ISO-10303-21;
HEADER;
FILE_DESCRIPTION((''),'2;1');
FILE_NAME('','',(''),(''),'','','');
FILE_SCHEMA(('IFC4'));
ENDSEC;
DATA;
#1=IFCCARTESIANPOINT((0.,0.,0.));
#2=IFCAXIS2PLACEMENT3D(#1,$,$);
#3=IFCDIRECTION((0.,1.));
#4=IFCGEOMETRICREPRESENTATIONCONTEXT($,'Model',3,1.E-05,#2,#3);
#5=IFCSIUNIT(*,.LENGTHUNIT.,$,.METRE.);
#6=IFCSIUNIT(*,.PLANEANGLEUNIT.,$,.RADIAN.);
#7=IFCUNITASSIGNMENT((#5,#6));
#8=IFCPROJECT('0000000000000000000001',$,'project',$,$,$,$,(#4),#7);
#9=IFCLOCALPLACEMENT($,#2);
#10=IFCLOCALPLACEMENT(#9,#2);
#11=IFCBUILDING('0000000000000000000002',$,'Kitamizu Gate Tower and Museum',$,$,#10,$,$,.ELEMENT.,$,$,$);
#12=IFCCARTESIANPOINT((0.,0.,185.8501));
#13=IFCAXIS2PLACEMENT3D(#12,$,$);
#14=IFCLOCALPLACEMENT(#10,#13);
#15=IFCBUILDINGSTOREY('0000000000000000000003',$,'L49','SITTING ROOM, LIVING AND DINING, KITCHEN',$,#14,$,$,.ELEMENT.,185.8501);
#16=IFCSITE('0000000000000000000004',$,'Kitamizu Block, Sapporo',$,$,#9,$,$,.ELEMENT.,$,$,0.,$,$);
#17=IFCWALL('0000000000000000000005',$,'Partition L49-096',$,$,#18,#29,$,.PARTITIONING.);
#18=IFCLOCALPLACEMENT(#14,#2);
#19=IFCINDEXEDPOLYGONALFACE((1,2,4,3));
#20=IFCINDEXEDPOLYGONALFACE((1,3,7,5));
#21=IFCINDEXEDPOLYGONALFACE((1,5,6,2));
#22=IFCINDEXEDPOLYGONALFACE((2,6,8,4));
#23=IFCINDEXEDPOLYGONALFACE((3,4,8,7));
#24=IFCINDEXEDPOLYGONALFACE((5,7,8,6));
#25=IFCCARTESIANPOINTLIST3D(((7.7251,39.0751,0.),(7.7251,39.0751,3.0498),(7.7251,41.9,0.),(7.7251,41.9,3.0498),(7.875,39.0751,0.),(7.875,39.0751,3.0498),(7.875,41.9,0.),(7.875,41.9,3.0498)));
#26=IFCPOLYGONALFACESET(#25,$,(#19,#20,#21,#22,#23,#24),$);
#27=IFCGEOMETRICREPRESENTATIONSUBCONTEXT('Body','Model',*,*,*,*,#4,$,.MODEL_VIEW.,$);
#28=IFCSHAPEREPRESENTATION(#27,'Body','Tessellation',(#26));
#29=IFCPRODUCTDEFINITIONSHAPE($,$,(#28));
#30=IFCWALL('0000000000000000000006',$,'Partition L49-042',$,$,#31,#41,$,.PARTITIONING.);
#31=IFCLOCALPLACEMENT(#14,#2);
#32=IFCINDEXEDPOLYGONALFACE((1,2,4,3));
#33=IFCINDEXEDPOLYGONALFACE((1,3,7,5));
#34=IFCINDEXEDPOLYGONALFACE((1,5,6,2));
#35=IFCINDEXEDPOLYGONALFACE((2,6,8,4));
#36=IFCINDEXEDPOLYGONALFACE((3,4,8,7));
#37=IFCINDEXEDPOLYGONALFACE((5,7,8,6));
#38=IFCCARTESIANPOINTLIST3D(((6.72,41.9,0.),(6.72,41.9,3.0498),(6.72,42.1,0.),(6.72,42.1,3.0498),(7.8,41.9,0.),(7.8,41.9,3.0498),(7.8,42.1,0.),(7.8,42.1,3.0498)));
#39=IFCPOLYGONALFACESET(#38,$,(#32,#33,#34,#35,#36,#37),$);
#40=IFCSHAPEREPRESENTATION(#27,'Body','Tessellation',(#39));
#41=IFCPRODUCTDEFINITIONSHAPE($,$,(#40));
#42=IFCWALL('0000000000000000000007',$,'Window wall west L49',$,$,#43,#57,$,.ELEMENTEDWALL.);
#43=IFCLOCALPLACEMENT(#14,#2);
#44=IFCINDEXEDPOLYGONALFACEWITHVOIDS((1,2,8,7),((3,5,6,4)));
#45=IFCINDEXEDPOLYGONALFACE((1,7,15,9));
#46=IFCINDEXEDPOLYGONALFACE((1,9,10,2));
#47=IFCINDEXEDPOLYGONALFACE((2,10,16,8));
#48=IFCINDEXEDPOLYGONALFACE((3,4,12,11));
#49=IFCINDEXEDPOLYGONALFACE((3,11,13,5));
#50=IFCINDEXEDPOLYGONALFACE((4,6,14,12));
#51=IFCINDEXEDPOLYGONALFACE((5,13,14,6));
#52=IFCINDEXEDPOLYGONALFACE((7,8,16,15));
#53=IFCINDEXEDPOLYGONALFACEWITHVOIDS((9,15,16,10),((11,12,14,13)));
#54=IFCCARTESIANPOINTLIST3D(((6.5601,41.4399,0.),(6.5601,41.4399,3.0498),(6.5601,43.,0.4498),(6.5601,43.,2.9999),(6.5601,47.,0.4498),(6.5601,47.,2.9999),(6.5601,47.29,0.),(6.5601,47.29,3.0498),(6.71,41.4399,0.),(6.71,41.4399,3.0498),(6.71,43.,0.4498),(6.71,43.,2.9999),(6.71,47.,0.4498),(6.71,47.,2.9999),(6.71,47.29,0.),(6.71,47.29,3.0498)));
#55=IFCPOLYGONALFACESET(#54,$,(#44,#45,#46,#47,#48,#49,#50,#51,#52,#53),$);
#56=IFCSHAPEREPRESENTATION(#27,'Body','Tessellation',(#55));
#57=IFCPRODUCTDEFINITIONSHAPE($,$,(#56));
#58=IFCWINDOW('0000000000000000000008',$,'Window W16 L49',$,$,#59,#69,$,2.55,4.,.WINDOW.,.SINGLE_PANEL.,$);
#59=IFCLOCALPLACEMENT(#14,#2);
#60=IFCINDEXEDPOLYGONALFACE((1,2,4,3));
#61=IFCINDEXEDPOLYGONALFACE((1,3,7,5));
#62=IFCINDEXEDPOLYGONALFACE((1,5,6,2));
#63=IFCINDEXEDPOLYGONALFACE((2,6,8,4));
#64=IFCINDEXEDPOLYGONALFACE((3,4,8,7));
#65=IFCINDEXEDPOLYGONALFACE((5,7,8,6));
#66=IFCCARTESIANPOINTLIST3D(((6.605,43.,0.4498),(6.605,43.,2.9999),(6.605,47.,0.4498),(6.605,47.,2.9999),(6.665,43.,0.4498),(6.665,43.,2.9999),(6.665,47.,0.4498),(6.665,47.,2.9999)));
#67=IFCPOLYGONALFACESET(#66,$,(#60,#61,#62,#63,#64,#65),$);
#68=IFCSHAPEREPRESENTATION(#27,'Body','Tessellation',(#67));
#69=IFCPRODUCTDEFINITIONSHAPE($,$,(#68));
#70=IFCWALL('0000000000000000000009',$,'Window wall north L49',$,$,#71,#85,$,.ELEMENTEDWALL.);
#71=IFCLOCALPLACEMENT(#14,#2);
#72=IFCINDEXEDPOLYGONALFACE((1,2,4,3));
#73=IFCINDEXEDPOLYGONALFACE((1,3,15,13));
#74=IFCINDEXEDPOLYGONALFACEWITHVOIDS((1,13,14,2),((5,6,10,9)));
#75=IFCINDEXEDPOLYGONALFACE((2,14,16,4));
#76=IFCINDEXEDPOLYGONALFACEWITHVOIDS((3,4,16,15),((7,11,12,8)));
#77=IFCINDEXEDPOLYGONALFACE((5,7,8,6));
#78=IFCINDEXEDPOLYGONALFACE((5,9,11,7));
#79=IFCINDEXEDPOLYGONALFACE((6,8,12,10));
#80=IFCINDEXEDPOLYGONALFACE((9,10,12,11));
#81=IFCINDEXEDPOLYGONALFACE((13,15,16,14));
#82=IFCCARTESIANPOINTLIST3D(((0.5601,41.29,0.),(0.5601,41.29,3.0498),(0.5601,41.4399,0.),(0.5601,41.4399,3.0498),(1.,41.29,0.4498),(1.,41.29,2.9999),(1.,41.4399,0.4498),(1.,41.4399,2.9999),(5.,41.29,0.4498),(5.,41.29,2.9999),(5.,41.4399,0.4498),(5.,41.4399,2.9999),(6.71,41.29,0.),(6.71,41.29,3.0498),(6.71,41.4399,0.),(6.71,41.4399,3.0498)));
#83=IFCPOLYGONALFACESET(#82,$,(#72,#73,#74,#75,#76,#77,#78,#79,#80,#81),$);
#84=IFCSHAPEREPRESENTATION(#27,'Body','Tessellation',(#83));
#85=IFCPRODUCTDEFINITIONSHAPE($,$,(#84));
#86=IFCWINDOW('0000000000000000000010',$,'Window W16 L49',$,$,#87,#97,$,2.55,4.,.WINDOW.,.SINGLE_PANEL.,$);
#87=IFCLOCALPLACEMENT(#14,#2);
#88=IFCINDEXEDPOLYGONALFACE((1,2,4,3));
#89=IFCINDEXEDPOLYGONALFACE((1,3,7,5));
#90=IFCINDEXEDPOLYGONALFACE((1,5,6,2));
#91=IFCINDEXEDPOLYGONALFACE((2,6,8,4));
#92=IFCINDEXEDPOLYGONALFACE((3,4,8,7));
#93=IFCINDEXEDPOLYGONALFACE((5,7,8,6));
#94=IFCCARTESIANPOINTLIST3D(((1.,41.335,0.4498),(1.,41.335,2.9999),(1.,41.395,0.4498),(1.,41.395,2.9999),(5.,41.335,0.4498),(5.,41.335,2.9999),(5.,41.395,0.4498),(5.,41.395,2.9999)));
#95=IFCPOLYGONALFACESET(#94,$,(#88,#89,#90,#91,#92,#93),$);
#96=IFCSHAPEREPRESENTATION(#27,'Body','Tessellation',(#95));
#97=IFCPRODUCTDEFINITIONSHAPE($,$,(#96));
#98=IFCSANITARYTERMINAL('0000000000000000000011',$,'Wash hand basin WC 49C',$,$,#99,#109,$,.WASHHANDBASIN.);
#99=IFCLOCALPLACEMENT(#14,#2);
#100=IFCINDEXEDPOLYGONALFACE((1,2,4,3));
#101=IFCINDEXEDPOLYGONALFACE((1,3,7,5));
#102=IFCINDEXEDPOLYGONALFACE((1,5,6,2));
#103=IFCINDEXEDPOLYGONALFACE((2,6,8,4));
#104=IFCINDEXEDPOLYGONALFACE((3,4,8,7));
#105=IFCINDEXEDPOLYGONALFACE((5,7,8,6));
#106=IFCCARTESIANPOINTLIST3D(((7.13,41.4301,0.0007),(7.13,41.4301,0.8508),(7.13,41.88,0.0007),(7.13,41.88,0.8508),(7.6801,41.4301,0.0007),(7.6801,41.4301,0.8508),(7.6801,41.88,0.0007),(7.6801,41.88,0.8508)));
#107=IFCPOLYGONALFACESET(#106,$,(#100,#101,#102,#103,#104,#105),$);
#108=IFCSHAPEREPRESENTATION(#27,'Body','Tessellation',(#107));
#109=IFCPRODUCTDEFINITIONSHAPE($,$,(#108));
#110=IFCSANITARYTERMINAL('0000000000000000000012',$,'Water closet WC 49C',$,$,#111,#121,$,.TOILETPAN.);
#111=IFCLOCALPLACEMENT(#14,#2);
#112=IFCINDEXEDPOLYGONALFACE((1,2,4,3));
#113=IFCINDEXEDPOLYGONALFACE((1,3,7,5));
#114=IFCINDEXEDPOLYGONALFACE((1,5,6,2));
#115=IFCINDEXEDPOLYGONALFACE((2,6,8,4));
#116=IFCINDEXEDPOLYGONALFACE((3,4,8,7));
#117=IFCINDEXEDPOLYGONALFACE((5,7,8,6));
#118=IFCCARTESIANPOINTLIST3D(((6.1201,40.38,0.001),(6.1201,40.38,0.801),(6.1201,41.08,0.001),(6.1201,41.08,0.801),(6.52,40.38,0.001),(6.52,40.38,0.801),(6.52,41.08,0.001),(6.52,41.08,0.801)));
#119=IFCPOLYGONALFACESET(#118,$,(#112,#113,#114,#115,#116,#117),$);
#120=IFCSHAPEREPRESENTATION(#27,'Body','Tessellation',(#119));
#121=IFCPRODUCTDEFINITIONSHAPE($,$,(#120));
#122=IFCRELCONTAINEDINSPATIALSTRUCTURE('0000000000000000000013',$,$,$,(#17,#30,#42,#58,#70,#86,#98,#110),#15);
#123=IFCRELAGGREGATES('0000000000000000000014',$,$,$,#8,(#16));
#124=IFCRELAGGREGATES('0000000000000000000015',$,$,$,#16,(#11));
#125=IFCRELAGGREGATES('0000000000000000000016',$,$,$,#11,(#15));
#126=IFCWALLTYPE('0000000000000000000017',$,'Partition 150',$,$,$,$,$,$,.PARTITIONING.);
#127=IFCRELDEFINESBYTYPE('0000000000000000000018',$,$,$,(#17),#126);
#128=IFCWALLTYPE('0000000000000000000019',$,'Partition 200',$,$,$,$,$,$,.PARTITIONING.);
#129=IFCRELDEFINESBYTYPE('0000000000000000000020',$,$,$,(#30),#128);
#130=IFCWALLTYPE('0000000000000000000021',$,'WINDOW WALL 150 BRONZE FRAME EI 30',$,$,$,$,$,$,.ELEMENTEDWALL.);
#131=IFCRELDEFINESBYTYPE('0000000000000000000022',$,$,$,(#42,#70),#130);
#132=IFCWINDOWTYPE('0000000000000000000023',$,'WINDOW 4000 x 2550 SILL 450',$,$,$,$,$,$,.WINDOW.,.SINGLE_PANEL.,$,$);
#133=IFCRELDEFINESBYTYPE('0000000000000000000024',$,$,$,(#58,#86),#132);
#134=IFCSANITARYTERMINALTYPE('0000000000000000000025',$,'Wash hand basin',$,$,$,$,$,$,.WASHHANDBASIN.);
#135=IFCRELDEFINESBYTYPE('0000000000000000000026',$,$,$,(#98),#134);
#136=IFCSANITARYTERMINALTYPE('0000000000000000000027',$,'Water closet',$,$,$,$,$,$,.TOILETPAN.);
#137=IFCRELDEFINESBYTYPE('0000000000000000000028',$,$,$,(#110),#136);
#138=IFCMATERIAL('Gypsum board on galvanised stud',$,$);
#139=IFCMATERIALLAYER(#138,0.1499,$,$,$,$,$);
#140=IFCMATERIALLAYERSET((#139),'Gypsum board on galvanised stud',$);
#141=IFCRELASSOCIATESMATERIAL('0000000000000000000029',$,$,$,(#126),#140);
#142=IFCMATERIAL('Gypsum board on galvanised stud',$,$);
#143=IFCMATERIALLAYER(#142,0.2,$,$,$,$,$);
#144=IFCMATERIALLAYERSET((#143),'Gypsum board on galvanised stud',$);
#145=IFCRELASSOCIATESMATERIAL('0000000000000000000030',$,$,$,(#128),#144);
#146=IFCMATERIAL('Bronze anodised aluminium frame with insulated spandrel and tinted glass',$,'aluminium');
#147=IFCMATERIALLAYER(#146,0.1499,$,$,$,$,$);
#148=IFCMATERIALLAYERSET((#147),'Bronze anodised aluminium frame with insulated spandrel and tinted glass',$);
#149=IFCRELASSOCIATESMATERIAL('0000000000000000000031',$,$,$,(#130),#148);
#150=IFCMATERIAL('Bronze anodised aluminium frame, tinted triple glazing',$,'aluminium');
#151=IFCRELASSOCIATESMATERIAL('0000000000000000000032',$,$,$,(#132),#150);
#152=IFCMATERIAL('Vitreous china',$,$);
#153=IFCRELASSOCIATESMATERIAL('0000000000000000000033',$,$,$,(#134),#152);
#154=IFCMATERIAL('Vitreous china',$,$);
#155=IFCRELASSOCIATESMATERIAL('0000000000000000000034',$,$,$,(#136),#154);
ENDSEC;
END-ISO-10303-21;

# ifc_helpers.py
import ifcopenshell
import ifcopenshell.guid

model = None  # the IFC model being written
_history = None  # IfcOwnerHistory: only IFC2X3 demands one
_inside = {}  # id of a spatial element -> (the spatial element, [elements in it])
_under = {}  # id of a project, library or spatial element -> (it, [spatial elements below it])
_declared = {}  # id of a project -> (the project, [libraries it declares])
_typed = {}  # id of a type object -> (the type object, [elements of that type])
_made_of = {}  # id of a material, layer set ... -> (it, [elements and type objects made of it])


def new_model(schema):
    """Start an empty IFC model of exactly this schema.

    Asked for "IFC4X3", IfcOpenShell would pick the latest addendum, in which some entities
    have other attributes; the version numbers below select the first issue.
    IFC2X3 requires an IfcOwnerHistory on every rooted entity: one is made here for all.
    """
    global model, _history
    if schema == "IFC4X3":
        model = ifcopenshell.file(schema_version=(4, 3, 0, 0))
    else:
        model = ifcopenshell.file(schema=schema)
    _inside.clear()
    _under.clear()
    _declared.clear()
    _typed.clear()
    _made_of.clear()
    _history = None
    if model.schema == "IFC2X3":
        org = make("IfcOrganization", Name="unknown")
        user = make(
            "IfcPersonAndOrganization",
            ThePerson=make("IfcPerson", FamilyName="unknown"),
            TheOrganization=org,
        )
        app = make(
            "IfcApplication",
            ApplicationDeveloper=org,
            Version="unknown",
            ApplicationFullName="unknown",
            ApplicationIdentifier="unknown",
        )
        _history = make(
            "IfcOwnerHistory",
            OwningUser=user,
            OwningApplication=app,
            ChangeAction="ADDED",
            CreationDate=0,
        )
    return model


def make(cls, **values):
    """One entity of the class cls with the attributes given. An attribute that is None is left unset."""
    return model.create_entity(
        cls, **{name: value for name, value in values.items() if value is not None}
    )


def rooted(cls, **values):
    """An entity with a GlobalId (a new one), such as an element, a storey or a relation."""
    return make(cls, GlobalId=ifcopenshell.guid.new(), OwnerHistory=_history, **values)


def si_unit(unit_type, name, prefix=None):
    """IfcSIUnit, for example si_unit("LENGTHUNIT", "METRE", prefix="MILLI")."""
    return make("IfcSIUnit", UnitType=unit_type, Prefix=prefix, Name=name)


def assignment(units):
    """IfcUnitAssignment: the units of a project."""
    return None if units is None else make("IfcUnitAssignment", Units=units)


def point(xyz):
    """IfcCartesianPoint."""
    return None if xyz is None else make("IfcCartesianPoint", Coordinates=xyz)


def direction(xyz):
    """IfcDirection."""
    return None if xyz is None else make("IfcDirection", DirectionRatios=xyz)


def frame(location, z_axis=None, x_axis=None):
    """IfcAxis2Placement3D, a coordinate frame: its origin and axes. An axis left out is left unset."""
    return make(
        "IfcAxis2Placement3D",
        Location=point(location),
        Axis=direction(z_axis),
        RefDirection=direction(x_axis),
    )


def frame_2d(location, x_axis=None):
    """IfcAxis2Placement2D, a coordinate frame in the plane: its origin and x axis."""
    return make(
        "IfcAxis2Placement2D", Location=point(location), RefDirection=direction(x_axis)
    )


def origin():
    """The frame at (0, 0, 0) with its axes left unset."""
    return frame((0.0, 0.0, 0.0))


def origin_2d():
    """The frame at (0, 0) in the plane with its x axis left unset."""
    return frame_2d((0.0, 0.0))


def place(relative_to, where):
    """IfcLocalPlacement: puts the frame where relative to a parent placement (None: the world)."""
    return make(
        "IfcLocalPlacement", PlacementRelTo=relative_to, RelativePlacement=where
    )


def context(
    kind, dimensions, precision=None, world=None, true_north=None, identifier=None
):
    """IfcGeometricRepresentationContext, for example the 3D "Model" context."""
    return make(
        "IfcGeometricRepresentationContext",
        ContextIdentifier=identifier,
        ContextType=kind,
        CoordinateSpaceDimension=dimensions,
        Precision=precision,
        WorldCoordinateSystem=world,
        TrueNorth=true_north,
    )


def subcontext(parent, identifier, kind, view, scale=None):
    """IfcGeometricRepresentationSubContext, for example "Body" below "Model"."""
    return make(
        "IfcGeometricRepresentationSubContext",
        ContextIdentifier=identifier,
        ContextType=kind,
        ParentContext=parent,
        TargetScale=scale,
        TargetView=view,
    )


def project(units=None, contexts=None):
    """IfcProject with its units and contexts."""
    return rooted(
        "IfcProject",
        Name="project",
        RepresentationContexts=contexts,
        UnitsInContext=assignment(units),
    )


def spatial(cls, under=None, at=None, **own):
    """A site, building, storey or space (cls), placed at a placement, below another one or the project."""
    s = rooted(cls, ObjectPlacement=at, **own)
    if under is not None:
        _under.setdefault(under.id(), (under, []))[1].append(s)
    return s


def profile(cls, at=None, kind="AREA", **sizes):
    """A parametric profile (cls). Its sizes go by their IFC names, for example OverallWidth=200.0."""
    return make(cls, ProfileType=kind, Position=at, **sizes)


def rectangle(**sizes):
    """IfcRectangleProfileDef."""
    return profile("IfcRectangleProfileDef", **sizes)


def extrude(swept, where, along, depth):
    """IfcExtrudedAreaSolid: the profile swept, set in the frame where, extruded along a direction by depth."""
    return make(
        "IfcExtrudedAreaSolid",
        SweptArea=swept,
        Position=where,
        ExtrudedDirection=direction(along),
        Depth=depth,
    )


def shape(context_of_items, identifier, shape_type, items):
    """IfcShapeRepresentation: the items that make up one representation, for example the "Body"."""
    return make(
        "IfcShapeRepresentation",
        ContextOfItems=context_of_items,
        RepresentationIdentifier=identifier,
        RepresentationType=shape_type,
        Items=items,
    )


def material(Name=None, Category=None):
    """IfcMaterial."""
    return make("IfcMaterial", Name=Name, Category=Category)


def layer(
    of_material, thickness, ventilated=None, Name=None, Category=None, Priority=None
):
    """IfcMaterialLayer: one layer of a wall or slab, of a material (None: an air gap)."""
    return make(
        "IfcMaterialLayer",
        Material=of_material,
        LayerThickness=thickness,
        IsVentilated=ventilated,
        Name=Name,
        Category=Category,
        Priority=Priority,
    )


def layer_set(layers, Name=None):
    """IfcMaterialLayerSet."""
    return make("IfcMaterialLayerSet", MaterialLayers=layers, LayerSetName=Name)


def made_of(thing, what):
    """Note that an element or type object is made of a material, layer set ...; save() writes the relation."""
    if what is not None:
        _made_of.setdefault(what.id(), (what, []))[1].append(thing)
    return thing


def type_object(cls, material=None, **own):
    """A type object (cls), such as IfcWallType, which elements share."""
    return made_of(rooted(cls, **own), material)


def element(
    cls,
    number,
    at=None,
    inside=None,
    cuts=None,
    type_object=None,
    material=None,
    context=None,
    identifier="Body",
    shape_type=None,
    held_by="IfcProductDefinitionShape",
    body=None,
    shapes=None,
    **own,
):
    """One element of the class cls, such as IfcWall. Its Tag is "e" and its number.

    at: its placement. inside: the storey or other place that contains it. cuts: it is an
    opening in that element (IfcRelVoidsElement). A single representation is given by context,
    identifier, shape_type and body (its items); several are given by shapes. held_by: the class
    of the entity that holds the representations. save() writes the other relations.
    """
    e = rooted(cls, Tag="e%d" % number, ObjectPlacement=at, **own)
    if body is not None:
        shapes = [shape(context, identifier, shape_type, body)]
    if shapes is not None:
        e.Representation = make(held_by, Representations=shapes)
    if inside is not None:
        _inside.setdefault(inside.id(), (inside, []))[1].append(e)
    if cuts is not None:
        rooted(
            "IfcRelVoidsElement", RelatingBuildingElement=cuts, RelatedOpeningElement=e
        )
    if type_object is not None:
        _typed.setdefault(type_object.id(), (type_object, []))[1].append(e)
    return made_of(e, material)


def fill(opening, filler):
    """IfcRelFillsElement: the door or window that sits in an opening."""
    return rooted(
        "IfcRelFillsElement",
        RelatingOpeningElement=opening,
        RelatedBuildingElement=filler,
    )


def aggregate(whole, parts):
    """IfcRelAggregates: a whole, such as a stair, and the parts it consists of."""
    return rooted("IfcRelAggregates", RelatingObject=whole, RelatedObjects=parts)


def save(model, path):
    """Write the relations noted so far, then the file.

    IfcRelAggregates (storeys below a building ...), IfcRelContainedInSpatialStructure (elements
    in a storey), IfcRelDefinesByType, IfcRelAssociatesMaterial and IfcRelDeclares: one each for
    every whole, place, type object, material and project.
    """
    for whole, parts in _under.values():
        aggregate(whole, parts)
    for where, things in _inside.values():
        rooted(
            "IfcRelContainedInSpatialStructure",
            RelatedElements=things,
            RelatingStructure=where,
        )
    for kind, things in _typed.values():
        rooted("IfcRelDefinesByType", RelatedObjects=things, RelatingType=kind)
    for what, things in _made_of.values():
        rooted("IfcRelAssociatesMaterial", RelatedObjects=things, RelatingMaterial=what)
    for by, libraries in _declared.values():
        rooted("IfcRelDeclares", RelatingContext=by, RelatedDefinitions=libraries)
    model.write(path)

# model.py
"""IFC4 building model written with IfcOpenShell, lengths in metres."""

from ifc_helpers import new_model, si_unit, direction, frame, frame_2d, origin, origin_2d, place, context, subcontext, project, spatial, rectangle, extrude, material, layer, layer_set, type_object, element, fill, save


model = new_model("IFC4")

# Units and contexts
model_context = context("Model", 3, precision=1e-05, world=origin(), true_north=direction((0.0, 1.0)))
body_context = subcontext(model_context, "Body", "Model", "MODEL_VIEW")
ifc_project = project(units=[si_unit("LENGTHUNIT", "METRE"), si_unit("PLANEANGLEUNIT", "RADIAN")], contexts=[model_context])

# Site, building, storey
site_placement = place(None, origin())
site = spatial("IfcSite", under=ifc_project, at=site_placement, Name="Kitamizu Block, Sapporo", CompositionType="ELEMENT", RefElevation=0.0)
building_placement = place(site_placement, origin())
building = spatial("IfcBuilding", under=site, at=building_placement, Name="Kitamizu Gate Tower and Museum", CompositionType="ELEMENT")
storey_placement = place(building_placement, frame((0.0, 0.0, 185.8501)))
storey = spatial("IfcBuildingStorey", under=building, at=storey_placement, Name="L49", Description="SITTING ROOM, LIVING AND DINING, KITCHEN", CompositionType="ELEMENT", Elevation=185.8501)

# Walls
ifc_material_1 = material(Name="Gypsum board on galvanised stud")
ifc_layer_1 = layer(ifc_material_1, 0.1499)
ifc_layer_set_1 = layer_set([ifc_layer_1], Name="Gypsum board on galvanised stud")
wall_type_1 = type_object("IfcWallType", Name="Partition 150", PredefinedType="PARTITIONING", material=ifc_layer_set_1)
wall_1_placement = place(storey_placement, frame((7.8, 39.075, 0.0), z_axis=(0.0, 0.0, 1.0), x_axis=(0.0, 1.0, 0.0)))
element("IfcWall", 1, at=wall_1_placement, inside=storey, type_object=wall_type_1, Name="Partition L49-096", PredefinedType="PARTITIONING", context=body_context, shape_type="SweptSolid", body=[
    extrude(rectangle(XDim=2.825, YDim=0.1499, at=frame_2d((1.4126, 0.0))), origin(), (0.0, 0.0, 1.0), 3.0498),
])
ifc_material_2 = material(Name="Gypsum board on galvanised stud")
ifc_layer_2 = layer(ifc_material_2, 0.2)
ifc_layer_set_2 = layer_set([ifc_layer_2], Name="Gypsum board on galvanised stud")
wall_type_2 = type_object("IfcWallType", Name="Partition 200", PredefinedType="PARTITIONING", material=ifc_layer_set_2)
wall_2_placement = place(storey_placement, frame((6.72, 42.0, 0.0), z_axis=(0.0, 0.0, 1.0), x_axis=(1.0, 0.0, 0.0)))
element("IfcWall", 2, at=wall_2_placement, inside=storey, type_object=wall_type_2, Name="Partition L49-042", PredefinedType="PARTITIONING", context=body_context, shape_type="SweptSolid", body=[
    extrude(rectangle(XDim=1.0801, YDim=0.2, at=frame_2d((0.54, 0.0))), origin(), (0.0, 0.0, 1.0), 3.0498),
])

# Shared definitions
ifc_material_3 = material(Name="Bronze anodised aluminium frame with insulated spandrel and tinted glass", Category="aluminium")
ifc_layer_3 = layer(ifc_material_3, 0.1499)
ifc_layer_set_3 = layer_set([ifc_layer_3], Name="Bronze anodised aluminium frame with insulated spandrel and tinted glass")
wall_type_3 = type_object("IfcWallType", Name="WINDOW WALL 150 BRONZE FRAME EI 30", PredefinedType="ELEMENTEDWALL", material=ifc_layer_set_3)

# Walls, openings, windows
wall_3_placement = place(storey_placement, frame((6.635, 41.4399, 0.0), z_axis=(0.0, 0.0, 1.0), x_axis=(0.0, 1.0, 0.0)))
wall_3 = element("IfcWall", 3, at=wall_3_placement, inside=storey, type_object=wall_type_3, Name="Window wall west L49", PredefinedType="ELEMENTEDWALL", context=body_context, shape_type="SweptSolid", body=[
    extrude(rectangle(XDim=5.8501, YDim=0.1499, at=frame_2d((2.925, 0.0))), origin(), (0.0, 0.0, 1.0), 3.0498),
])
opening_1_placement = place(wall_3_placement, frame((1.5601, 0.0, 0.45)))
opening_1 = element("IfcOpeningElement", 4, at=opening_1_placement, cuts=wall_3, PredefinedType="OPENING", context=body_context, shape_type="SweptSolid", body=[
    extrude(rectangle(XDim=4.0, YDim=2.55, at=frame_2d((2.0, 1.2749))), frame((0.0, 0.085, 0.0), z_axis=(0.0, -1.0, 0.0), x_axis=(1.0, 0.0, 0.0)), (0.0, 0.0, 1.0), 0.1699),
])
ifc_material_4 = material(Name="Bronze anodised aluminium frame, tinted triple glazing", Category="aluminium")
window_type_1 = type_object("IfcWindowType", Name="WINDOW 4000 x 2550 SILL 450", PartitioningType="SINGLE_PANEL", PredefinedType="WINDOW", material=ifc_material_4)
window_1_placement = place(opening_1_placement, origin())
window_1 = element("IfcWindow", 5, at=window_1_placement, inside=storey, type_object=window_type_1, Name="Window W16 L49", OverallHeight=2.55, OverallWidth=4.0, PartitioningType="SINGLE_PANEL", PredefinedType="WINDOW", context=body_context, shape_type="SweptSolid", body=[
    extrude(rectangle(XDim=4.0, YDim=2.55, at=frame_2d((2.0, 1.2749))), frame((0.0, 0.03, 0.0), z_axis=(0.0, -1.0, 0.0), x_axis=(1.0, 0.0, 0.0)), (0.0, 0.0, 1.0), 0.0601),
])
fill(opening_1, window_1)
wall_4_placement = place(storey_placement, frame((0.5601, 41.365, 0.0), z_axis=(0.0, 0.0, 1.0), x_axis=(1.0, 0.0, 0.0)))
wall_4 = element("IfcWall", 6, at=wall_4_placement, inside=storey, type_object=wall_type_3, Name="Window wall north L49", PredefinedType="ELEMENTEDWALL", context=body_context, shape_type="SweptSolid", body=[
    extrude(rectangle(XDim=6.1499, YDim=0.1499, at=frame_2d((3.075, 0.0))), origin(), (0.0, 0.0, 1.0), 3.0498),
])
opening_2_placement = place(wall_4_placement, frame((0.4399, 0.0, 0.45)))
opening_2 = element("IfcOpeningElement", 7, at=opening_2_placement, cuts=wall_4, PredefinedType="OPENING", context=body_context, shape_type="SweptSolid", body=[
    extrude(rectangle(XDim=4.0, YDim=2.55, at=frame_2d((2.0, 1.2749))), frame((0.0, 0.085, 0.0), z_axis=(0.0, -1.0, 0.0), x_axis=(1.0, 0.0, 0.0)), (0.0, 0.0, 1.0), 0.1699),
])
window_2_placement = place(opening_2_placement, origin())
window_2 = element("IfcWindow", 8, at=window_2_placement, inside=storey, type_object=window_type_1, Name="Window W16 L49", OverallHeight=2.55, OverallWidth=4.0, PartitioningType="SINGLE_PANEL", PredefinedType="WINDOW", context=body_context, shape_type="SweptSolid", body=[
    extrude(rectangle(XDim=4.0, YDim=2.55, at=frame_2d((2.0, 1.2749))), frame((0.0, 0.03, 0.0), z_axis=(0.0, -1.0, 0.0), x_axis=(1.0, 0.0, 0.0)), (0.0, 0.0, 1.0), 0.0601),
])
fill(opening_2, window_2)

# Sanitary terminals
ifc_material_5 = material(Name="Vitreous china")
sanitary_terminal_type_1 = type_object("IfcSanitaryTerminalType", Name="Wash hand basin", PredefinedType="WASHHANDBASIN", material=ifc_material_5)
sanitary_terminal_1_placement = place(storey_placement, frame((7.405, 41.655, 0.0007), z_axis=(0.0, 0.0, 1.0), x_axis=(1.0, 0.0, 0.0)))
element("IfcSanitaryTerminal", 9, at=sanitary_terminal_1_placement, inside=storey, type_object=sanitary_terminal_type_1, Name="Wash hand basin WC 49C", PredefinedType="WASHHANDBASIN", context=body_context, shape_type="SweptSolid", body=[
    extrude(rectangle(XDim=0.55, YDim=0.45, at=origin_2d()), origin(), (0.0, 0.0, 1.0), 0.8501),
])
ifc_material_6 = material(Name="Vitreous china")
sanitary_terminal_type_2 = type_object("IfcSanitaryTerminalType", Name="Water closet", PredefinedType="TOILETPAN", material=ifc_material_6)
sanitary_terminal_2_placement = place(storey_placement, frame((6.3201, 40.73, 0.001), z_axis=(0.0, 0.0, 1.0), x_axis=(1.0, 0.0, 0.0)))
element("IfcSanitaryTerminal", 10, at=sanitary_terminal_2_placement, inside=storey, type_object=sanitary_terminal_type_2, Name="Water closet WC 49C", PredefinedType="TOILETPAN", context=body_context, shape_type="SweptSolid", body=[
    extrude(rectangle(XDim=0.3999, YDim=0.7, at=origin_2d()), origin(), (0.0, 0.0, 1.0), 0.8),
])

save(model, "model.ifc")
